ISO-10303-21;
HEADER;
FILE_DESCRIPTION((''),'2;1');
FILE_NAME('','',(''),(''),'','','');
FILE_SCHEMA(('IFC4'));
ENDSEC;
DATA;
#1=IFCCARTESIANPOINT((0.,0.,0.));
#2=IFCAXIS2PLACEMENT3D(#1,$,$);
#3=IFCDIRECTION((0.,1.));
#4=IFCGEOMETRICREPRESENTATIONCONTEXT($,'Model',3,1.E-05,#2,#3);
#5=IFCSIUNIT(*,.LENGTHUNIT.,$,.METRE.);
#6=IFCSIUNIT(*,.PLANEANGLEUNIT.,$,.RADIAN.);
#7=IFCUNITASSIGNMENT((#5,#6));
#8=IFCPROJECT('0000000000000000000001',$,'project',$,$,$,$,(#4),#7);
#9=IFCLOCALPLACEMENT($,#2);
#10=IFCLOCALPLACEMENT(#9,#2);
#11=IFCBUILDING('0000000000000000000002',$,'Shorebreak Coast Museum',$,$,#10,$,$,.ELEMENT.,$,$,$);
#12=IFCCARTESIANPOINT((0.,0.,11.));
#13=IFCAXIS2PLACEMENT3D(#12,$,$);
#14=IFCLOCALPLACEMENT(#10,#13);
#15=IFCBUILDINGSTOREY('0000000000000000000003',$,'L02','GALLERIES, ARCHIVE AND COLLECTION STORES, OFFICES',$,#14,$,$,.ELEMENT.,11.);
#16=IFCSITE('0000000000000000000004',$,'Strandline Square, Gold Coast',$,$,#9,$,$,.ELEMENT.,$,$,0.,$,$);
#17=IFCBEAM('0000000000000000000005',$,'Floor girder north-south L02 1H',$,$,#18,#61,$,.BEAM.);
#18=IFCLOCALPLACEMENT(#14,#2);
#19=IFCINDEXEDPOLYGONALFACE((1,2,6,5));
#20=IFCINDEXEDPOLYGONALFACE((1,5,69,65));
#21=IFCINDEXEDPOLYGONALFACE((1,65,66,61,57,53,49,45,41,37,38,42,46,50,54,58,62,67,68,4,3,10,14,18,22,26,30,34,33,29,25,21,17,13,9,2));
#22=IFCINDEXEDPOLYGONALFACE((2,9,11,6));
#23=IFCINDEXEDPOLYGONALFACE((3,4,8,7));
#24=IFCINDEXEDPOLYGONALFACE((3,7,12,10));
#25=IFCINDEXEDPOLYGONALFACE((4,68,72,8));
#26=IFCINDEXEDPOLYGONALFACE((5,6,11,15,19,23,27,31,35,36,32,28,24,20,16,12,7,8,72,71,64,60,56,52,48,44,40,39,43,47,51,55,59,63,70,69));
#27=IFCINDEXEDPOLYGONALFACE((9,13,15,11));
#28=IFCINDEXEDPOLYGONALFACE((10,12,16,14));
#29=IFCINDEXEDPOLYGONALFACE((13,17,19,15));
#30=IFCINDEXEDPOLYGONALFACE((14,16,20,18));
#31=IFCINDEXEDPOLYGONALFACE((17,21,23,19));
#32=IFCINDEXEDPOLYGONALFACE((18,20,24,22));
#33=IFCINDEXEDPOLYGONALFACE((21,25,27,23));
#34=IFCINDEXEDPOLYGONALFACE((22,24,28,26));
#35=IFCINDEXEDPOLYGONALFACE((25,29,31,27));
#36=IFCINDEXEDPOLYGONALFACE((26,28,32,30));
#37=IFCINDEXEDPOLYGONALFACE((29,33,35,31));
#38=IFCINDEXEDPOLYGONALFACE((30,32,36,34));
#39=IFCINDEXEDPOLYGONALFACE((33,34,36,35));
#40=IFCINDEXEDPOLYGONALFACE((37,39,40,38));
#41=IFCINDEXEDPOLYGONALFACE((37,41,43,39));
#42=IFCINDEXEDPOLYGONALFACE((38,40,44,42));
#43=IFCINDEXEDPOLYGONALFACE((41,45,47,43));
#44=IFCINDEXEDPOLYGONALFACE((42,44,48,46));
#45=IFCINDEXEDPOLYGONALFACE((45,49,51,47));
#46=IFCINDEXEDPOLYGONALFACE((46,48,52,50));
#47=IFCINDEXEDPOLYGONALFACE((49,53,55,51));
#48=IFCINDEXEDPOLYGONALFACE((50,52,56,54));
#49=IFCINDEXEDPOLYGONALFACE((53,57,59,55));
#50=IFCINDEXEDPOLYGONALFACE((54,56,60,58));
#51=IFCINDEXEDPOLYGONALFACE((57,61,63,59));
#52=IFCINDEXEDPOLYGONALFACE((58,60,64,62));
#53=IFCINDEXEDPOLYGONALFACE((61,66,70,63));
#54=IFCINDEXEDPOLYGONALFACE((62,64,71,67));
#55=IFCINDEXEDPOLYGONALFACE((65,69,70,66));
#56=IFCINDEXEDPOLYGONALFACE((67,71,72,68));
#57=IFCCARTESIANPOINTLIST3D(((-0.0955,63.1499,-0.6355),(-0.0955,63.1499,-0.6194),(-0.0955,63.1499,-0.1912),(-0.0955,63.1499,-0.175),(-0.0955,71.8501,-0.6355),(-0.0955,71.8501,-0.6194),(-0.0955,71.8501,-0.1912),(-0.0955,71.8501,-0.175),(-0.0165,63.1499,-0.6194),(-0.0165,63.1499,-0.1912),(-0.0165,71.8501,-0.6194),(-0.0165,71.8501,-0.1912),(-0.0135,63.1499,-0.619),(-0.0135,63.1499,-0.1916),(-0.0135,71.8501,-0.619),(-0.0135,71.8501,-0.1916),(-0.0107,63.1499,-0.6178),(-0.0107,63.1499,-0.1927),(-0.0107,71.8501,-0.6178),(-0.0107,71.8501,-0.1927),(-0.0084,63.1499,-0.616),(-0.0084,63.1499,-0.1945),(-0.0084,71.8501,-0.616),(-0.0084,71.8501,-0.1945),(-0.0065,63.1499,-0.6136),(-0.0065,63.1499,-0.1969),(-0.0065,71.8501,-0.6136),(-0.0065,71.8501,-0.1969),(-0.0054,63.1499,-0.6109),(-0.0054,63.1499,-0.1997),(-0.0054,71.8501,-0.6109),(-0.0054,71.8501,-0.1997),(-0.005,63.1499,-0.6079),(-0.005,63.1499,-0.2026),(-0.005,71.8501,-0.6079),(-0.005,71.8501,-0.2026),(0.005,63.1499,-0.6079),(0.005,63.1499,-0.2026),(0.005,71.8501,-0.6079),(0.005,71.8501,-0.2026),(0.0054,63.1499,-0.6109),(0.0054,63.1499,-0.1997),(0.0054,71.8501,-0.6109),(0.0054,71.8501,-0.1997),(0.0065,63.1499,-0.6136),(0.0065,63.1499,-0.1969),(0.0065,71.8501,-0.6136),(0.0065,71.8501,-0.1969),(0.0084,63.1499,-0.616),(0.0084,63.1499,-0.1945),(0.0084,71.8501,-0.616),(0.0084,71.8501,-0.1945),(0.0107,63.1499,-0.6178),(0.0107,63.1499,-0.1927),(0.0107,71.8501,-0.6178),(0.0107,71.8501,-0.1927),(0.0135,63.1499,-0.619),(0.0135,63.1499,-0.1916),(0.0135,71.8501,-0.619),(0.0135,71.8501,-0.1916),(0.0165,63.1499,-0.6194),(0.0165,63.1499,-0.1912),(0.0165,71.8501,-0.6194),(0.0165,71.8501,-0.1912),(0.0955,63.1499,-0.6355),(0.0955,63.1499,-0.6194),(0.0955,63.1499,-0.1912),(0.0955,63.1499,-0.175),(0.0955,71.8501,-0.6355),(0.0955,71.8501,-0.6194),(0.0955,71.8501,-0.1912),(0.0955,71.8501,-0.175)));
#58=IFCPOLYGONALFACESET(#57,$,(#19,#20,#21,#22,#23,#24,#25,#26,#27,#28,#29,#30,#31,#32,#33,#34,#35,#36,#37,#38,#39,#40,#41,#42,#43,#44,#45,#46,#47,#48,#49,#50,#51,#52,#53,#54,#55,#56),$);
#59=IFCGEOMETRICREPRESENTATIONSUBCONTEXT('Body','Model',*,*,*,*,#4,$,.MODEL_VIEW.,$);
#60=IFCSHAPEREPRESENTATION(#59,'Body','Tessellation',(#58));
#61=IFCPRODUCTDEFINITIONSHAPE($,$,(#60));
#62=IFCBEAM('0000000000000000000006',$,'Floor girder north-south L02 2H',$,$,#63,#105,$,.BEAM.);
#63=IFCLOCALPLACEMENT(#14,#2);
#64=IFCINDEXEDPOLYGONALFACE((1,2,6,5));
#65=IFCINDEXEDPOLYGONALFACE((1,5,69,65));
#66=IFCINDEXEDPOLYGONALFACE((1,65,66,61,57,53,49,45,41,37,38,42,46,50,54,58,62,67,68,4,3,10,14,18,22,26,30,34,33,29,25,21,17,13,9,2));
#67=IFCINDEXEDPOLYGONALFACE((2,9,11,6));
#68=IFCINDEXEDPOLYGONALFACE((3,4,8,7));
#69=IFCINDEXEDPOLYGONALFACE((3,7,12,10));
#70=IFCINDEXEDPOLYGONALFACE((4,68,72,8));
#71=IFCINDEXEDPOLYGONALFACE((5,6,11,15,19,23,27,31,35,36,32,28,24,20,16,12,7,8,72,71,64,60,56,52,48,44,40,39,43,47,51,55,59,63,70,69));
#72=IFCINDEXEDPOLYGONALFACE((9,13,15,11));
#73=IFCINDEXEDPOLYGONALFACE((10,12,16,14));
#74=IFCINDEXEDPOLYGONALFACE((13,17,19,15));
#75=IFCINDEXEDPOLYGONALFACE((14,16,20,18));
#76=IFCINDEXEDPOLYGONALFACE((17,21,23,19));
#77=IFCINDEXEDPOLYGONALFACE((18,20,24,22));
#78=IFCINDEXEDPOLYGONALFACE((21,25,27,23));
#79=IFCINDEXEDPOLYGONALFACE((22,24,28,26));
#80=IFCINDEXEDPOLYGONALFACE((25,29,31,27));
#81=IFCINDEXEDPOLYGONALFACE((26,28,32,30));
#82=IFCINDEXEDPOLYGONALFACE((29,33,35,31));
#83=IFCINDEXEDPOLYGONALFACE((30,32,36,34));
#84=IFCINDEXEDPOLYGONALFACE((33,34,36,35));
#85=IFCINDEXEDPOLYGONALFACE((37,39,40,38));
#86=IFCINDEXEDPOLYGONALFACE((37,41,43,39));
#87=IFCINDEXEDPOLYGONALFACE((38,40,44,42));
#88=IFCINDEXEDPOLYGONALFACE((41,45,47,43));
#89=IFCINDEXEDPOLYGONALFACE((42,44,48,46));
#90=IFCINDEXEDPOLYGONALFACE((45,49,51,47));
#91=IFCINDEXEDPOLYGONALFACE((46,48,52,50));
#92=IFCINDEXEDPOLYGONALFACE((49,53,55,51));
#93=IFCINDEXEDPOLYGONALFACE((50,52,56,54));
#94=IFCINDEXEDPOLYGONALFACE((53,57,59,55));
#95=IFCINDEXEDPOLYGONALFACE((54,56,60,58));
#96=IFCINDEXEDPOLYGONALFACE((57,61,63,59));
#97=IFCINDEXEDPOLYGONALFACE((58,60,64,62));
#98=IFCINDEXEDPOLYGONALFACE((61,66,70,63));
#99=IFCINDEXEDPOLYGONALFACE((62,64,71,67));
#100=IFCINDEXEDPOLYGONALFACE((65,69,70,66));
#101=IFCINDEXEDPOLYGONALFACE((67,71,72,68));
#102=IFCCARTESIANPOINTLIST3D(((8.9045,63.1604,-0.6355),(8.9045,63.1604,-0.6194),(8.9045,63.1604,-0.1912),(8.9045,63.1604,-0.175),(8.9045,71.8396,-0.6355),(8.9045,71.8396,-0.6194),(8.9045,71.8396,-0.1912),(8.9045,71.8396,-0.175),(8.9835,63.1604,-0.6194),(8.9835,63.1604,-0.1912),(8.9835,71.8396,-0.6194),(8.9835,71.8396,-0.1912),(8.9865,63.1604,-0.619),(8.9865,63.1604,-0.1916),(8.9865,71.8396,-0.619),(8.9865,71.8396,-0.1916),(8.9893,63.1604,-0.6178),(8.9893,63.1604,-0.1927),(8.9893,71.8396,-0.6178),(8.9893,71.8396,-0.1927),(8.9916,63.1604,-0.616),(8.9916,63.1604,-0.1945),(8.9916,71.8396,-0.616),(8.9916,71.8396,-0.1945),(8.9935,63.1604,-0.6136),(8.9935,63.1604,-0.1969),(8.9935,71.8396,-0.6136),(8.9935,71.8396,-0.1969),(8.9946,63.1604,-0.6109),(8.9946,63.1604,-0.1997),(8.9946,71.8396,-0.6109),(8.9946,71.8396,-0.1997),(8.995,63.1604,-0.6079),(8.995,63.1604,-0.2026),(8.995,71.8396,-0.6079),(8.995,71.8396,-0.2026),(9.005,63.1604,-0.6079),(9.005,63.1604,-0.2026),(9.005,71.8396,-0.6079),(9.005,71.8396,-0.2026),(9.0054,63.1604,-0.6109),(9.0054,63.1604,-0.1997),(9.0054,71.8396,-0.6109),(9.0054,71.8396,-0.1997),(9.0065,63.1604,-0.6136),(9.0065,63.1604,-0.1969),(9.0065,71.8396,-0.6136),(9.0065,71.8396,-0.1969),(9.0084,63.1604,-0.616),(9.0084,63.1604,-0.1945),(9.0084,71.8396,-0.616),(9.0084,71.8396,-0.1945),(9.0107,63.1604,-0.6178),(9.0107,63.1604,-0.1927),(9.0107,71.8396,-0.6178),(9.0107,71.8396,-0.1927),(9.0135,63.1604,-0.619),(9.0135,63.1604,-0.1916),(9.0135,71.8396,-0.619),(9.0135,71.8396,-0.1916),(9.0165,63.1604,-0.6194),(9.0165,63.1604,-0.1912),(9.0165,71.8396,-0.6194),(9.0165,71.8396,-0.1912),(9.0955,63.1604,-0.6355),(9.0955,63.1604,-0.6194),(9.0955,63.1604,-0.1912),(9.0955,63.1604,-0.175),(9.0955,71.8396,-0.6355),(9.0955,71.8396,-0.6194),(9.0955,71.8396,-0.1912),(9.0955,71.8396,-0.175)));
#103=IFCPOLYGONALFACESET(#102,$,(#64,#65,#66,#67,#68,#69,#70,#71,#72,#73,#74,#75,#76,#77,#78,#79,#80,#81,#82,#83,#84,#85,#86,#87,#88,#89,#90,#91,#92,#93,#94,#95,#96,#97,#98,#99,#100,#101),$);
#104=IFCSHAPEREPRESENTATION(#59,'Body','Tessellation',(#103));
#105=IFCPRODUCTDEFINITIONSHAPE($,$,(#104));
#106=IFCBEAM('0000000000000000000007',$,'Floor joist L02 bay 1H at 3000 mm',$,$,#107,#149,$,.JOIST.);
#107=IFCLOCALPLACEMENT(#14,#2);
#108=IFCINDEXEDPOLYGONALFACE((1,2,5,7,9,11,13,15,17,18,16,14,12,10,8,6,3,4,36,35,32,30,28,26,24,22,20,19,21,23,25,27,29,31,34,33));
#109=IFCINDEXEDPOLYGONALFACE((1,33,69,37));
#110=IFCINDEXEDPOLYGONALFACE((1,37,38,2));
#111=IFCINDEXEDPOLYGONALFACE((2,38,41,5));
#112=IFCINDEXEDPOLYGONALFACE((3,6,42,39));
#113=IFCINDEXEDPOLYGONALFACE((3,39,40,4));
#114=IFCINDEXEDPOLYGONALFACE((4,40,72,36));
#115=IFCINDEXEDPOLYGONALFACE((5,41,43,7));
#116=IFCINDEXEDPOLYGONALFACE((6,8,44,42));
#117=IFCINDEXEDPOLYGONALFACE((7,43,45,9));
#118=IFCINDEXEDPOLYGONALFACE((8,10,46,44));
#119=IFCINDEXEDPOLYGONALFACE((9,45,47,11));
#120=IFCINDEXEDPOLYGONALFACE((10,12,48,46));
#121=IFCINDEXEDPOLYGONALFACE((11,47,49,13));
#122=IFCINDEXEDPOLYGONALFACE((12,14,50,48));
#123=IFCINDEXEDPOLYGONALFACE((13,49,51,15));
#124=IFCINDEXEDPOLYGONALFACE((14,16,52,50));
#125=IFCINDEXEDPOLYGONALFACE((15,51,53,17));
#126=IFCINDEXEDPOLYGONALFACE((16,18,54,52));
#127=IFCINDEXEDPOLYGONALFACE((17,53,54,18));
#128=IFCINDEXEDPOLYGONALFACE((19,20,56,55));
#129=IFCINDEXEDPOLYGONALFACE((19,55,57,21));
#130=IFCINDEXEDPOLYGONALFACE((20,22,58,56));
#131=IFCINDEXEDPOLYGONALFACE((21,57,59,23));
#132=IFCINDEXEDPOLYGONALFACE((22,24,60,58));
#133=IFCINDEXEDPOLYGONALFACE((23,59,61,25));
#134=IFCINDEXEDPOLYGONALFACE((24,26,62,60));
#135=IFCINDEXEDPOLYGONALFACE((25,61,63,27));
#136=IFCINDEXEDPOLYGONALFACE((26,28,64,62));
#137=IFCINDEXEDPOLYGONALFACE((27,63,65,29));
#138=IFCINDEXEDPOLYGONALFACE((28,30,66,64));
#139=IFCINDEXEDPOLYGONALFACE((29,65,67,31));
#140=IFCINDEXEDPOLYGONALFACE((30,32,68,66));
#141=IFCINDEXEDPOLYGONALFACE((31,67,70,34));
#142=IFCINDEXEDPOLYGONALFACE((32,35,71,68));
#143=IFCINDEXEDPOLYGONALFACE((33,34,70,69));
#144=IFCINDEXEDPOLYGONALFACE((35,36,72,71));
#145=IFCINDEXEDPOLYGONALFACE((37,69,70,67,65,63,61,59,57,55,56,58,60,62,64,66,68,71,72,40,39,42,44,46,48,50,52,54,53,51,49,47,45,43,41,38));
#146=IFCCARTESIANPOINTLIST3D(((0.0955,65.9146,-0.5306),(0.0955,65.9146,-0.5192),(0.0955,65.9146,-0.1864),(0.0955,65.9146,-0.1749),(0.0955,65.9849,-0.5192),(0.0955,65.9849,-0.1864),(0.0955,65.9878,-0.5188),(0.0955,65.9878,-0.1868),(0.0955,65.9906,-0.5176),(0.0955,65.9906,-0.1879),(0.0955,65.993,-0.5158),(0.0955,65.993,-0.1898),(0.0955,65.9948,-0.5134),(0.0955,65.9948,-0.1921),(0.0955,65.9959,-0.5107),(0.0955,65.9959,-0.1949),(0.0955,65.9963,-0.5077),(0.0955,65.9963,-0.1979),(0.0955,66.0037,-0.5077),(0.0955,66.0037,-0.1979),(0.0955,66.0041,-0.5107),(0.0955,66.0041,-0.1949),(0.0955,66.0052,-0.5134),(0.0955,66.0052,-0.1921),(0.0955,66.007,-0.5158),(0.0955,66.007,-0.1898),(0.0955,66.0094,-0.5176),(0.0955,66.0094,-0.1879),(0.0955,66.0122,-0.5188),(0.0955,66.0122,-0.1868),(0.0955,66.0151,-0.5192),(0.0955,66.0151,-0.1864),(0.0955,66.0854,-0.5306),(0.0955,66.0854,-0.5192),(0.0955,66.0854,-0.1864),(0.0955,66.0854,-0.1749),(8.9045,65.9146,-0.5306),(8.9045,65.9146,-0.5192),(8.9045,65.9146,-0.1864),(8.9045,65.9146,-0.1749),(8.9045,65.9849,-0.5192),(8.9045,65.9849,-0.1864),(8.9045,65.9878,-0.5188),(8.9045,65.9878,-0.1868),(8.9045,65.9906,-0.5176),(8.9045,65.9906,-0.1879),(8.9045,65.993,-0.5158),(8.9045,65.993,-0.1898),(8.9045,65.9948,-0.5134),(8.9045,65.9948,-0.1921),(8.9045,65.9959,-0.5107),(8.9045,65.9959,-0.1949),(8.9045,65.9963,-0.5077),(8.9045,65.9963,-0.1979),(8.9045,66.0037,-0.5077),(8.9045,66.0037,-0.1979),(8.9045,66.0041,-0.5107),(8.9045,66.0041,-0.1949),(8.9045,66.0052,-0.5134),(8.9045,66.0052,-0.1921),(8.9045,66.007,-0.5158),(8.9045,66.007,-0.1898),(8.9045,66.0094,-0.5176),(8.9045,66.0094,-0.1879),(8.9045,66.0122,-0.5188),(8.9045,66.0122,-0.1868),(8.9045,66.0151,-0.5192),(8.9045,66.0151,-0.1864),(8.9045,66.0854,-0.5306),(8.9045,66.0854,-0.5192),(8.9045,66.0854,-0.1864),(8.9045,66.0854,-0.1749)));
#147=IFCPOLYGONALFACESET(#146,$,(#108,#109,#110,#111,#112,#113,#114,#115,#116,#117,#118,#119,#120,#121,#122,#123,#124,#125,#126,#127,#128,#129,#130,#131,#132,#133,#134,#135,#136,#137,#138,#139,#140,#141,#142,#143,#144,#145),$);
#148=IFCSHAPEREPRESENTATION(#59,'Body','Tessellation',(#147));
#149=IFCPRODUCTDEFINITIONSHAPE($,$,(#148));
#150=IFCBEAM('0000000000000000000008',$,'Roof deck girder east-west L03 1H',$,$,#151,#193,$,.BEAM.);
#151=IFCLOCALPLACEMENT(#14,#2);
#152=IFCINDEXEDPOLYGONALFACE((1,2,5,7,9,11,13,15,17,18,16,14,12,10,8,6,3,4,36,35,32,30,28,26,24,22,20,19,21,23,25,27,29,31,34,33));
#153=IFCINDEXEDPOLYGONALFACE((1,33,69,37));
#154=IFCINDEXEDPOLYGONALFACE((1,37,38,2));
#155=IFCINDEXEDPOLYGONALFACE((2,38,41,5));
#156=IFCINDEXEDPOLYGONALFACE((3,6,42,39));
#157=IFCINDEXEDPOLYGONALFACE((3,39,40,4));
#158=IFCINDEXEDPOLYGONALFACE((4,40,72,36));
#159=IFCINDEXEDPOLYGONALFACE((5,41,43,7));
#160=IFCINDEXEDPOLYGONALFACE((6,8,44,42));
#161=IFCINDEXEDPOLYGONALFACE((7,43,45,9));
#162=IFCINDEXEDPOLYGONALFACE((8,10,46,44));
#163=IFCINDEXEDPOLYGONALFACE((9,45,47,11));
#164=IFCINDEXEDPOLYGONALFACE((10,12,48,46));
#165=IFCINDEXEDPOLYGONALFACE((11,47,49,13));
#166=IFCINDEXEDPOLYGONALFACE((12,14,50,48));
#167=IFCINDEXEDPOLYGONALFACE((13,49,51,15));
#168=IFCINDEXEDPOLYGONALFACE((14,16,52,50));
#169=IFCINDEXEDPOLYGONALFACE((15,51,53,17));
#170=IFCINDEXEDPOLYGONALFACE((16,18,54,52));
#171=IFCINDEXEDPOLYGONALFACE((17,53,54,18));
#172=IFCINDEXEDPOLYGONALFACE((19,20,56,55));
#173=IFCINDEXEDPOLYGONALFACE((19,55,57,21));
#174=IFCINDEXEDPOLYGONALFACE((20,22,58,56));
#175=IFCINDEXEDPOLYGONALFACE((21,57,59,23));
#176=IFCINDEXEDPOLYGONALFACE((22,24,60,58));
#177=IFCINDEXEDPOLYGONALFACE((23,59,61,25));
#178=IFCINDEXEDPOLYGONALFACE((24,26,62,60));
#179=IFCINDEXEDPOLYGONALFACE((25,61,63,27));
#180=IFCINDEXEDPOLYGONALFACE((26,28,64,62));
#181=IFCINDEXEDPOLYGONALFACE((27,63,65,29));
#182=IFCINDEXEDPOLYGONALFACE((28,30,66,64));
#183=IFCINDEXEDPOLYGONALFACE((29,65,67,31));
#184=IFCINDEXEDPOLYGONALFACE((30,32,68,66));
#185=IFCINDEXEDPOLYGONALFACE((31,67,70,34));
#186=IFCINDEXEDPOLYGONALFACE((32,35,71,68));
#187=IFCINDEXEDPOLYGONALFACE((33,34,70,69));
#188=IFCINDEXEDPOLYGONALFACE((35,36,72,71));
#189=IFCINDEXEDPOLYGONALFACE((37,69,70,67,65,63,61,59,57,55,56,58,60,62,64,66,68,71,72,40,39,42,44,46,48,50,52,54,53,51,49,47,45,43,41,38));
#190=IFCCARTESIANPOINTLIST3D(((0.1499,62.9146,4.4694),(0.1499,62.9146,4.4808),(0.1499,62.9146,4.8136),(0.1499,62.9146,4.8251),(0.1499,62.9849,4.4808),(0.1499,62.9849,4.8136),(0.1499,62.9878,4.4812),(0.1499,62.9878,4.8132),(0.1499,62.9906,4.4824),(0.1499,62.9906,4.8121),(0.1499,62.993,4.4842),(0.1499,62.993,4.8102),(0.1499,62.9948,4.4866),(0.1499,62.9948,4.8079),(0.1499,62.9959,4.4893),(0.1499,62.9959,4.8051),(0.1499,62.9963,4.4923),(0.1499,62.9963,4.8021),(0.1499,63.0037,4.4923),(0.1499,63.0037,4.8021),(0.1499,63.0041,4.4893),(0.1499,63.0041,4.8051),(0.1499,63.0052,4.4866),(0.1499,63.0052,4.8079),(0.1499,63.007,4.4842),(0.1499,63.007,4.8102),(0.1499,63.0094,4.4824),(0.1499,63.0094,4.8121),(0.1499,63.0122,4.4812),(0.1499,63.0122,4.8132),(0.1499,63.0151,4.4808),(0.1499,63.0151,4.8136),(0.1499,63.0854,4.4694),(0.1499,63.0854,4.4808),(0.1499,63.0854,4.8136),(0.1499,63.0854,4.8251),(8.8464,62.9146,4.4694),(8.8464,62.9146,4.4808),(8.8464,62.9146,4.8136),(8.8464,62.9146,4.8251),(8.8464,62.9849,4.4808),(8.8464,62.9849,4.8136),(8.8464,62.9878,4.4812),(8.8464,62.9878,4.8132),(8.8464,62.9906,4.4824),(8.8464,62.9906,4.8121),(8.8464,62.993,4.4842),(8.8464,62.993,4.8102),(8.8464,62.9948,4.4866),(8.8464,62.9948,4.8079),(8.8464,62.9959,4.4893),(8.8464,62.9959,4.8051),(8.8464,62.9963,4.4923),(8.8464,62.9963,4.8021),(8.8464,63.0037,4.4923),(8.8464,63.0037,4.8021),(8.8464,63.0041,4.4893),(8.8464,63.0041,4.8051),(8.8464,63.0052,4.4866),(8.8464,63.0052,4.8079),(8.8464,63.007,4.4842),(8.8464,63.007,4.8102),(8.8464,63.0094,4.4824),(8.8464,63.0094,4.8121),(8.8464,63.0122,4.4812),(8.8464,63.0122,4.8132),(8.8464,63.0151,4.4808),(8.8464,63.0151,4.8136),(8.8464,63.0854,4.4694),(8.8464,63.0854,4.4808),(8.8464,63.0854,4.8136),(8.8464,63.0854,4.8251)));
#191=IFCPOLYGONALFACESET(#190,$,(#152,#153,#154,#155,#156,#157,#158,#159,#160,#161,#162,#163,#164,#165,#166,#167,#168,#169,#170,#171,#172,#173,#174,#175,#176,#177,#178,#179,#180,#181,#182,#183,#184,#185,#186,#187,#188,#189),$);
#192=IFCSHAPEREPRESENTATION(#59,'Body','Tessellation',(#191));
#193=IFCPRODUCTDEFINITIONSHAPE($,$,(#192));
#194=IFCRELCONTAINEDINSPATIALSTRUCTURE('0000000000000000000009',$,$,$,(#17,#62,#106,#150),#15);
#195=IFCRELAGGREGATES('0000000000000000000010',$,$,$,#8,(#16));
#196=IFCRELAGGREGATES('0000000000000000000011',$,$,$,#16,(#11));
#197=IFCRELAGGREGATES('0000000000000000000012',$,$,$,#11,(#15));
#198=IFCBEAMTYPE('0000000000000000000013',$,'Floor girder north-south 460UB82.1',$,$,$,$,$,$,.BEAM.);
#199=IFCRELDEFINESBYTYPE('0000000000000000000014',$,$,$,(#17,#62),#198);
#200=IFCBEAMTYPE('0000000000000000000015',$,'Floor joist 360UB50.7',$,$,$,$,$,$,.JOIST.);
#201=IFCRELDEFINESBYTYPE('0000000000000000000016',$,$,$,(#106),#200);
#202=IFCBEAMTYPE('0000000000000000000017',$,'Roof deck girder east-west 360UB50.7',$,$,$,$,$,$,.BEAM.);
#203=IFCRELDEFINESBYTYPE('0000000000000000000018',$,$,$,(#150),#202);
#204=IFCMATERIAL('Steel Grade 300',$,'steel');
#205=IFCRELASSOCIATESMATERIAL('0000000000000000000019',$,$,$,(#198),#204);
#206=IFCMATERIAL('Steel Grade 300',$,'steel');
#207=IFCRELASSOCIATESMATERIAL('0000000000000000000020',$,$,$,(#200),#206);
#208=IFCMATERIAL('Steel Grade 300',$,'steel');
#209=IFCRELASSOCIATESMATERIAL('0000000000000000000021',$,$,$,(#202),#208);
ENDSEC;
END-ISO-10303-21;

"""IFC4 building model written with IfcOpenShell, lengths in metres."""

from ifc_helpers import new_model, si_unit, direction, frame, origin, origin_2d, place, context, subcontext, project, spatial, i_section, extrude, material, material_profile, profile_set, type_object, element, save


model = new_model("IFC4")

# Units and contexts
model_context = context("Model", 3, precision=1e-05, world=origin(), true_north=direction((0.0, 1.0)))
body_context = subcontext(model_context, "Body", "Model", "MODEL_VIEW")
ifc_project = project(units=[si_unit("LENGTHUNIT", "METRE"), si_unit("PLANEANGLEUNIT", "RADIAN")], contexts=[model_context])

# Site, building, storey
site_placement = place(None, origin())
site = spatial("IfcSite", under=ifc_project, at=site_placement, Name="Strandline Square, Gold Coast", CompositionType="ELEMENT", RefElevation=0.0)
building_placement = place(site_placement, origin())
building = spatial("IfcBuilding", under=site, at=building_placement, Name="Shorebreak Coast Museum", CompositionType="ELEMENT")
storey_placement = place(building_placement, frame((0.0, 0.0, 11.0)))
storey = spatial("IfcBuildingStorey", under=building, at=storey_placement, Name="L02", Description="GALLERIES, ARCHIVE AND COLLECTION STORES, OFFICES", CompositionType="ELEMENT", Elevation=11.0)

# Beams
ifc_material_1 = material(Name="Steel Grade 300", Category="steel")
ifc_material_profile_1 = material_profile(ifc_material_1, i_section(OverallWidth=0.1909, OverallDepth=0.4604, WebThickness=0.01, FlangeThickness=0.0161, FilletRadius=0.0115, at=origin_2d()), Name="460UB82.1")
ifc_profile_set_1 = profile_set([ifc_material_profile_1], Name="Steel Grade 300")
beam_type_1 = type_object("IfcBeamType", Name="Floor girder north-south 460UB82.1", PredefinedType="BEAM", material=ifc_profile_set_1)
beam_1_placement = place(storey_placement, frame((0.0, 63.1499, -0.4053), z_axis=(0.0, 1.0, 0.0), x_axis=(-1.0, 0.0, 0.0)))
element("IfcBeam", 1, at=beam_1_placement, inside=storey, type_object=beam_type_1, Name="Floor girder north-south L02 1H", PredefinedType="BEAM", context=body_context, shape_type="SweptSolid", body=[
    extrude(i_section(OverallWidth=0.1909, OverallDepth=0.4604, WebThickness=0.01, FlangeThickness=0.0161, FilletRadius=0.0115, at=origin_2d()), origin(), (0.0, 0.0, 1.0), 8.7002),
])
beam_2_placement = place(storey_placement, frame((9.0, 63.1604, -0.4053), z_axis=(0.0, 1.0, 0.0), x_axis=(-1.0, 0.0, 0.0)))
element("IfcBeam", 2, at=beam_2_placement, inside=storey, type_object=beam_type_1, Name="Floor girder north-south L02 2H", PredefinedType="BEAM", context=body_context, shape_type="SweptSolid", body=[
    extrude(i_section(OverallWidth=0.1909, OverallDepth=0.4604, WebThickness=0.01, FlangeThickness=0.0161, FilletRadius=0.0115, at=origin_2d()), origin(), (0.0, 0.0, 1.0), 8.6792),
])
ifc_material_2 = material(Name="Steel Grade 300", Category="steel")
ifc_material_profile_2 = material_profile(ifc_material_2, i_section(OverallWidth=0.1709, OverallDepth=0.3557, WebThickness=0.0073, FlangeThickness=0.0115, FilletRadius=0.0115, at=origin_2d()), Name="360UB50.7")
ifc_profile_set_2 = profile_set([ifc_material_profile_2], Name="Steel Grade 300")
beam_type_2 = type_object("IfcBeamType", Name="Floor joist 360UB50.7", PredefinedType="JOIST", material=ifc_profile_set_2)
beam_3_placement = place(storey_placement, frame((0.0955, 66.0, -0.3528), z_axis=(1.0, 0.0, 0.0), x_axis=(0.0, 1.0, 0.0)))
element("IfcBeam", 3, at=beam_3_placement, inside=storey, type_object=beam_type_2, Name="Floor joist L02 bay 1H at 3000 mm", PredefinedType="JOIST", context=body_context, shape_type="SweptSolid", body=[
    extrude(i_section(OverallWidth=0.1709, OverallDepth=0.3557, WebThickness=0.0073, FlangeThickness=0.0115, FilletRadius=0.0115, at=origin_2d()), origin(), (0.0, 0.0, 1.0), 8.8091),
])
ifc_material_3 = material(Name="Steel Grade 300", Category="steel")
ifc_material_profile_3 = material_profile(ifc_material_3, i_section(OverallWidth=0.1709, OverallDepth=0.3557, WebThickness=0.0073, FlangeThickness=0.0115, FilletRadius=0.0115, at=origin_2d()), Name="360UB50.7")
ifc_profile_set_3 = profile_set([ifc_material_profile_3], Name="Steel Grade 300")
beam_type_3 = type_object("IfcBeamType", Name="Roof deck girder east-west 360UB50.7", PredefinedType="BEAM", material=ifc_profile_set_3)
beam_4_placement = place(storey_placement, frame((0.1499, 63.0, 4.6472), z_axis=(1.0, 0.0, 0.0), x_axis=(0.0, 1.0, 0.0)))
element("IfcBeam", 4, at=beam_4_placement, inside=storey, type_object=beam_type_3, Name="Roof deck girder east-west L03 1H", PredefinedType="BEAM", context=body_context, shape_type="SweptSolid", body=[
    extrude(i_section(OverallWidth=0.1709, OverallDepth=0.3557, WebThickness=0.0073, FlangeThickness=0.0115, FilletRadius=0.0115, at=origin_2d()), origin(), (0.0, 0.0, 1.0), 8.6965),
])

save(model, "model.ifc")
